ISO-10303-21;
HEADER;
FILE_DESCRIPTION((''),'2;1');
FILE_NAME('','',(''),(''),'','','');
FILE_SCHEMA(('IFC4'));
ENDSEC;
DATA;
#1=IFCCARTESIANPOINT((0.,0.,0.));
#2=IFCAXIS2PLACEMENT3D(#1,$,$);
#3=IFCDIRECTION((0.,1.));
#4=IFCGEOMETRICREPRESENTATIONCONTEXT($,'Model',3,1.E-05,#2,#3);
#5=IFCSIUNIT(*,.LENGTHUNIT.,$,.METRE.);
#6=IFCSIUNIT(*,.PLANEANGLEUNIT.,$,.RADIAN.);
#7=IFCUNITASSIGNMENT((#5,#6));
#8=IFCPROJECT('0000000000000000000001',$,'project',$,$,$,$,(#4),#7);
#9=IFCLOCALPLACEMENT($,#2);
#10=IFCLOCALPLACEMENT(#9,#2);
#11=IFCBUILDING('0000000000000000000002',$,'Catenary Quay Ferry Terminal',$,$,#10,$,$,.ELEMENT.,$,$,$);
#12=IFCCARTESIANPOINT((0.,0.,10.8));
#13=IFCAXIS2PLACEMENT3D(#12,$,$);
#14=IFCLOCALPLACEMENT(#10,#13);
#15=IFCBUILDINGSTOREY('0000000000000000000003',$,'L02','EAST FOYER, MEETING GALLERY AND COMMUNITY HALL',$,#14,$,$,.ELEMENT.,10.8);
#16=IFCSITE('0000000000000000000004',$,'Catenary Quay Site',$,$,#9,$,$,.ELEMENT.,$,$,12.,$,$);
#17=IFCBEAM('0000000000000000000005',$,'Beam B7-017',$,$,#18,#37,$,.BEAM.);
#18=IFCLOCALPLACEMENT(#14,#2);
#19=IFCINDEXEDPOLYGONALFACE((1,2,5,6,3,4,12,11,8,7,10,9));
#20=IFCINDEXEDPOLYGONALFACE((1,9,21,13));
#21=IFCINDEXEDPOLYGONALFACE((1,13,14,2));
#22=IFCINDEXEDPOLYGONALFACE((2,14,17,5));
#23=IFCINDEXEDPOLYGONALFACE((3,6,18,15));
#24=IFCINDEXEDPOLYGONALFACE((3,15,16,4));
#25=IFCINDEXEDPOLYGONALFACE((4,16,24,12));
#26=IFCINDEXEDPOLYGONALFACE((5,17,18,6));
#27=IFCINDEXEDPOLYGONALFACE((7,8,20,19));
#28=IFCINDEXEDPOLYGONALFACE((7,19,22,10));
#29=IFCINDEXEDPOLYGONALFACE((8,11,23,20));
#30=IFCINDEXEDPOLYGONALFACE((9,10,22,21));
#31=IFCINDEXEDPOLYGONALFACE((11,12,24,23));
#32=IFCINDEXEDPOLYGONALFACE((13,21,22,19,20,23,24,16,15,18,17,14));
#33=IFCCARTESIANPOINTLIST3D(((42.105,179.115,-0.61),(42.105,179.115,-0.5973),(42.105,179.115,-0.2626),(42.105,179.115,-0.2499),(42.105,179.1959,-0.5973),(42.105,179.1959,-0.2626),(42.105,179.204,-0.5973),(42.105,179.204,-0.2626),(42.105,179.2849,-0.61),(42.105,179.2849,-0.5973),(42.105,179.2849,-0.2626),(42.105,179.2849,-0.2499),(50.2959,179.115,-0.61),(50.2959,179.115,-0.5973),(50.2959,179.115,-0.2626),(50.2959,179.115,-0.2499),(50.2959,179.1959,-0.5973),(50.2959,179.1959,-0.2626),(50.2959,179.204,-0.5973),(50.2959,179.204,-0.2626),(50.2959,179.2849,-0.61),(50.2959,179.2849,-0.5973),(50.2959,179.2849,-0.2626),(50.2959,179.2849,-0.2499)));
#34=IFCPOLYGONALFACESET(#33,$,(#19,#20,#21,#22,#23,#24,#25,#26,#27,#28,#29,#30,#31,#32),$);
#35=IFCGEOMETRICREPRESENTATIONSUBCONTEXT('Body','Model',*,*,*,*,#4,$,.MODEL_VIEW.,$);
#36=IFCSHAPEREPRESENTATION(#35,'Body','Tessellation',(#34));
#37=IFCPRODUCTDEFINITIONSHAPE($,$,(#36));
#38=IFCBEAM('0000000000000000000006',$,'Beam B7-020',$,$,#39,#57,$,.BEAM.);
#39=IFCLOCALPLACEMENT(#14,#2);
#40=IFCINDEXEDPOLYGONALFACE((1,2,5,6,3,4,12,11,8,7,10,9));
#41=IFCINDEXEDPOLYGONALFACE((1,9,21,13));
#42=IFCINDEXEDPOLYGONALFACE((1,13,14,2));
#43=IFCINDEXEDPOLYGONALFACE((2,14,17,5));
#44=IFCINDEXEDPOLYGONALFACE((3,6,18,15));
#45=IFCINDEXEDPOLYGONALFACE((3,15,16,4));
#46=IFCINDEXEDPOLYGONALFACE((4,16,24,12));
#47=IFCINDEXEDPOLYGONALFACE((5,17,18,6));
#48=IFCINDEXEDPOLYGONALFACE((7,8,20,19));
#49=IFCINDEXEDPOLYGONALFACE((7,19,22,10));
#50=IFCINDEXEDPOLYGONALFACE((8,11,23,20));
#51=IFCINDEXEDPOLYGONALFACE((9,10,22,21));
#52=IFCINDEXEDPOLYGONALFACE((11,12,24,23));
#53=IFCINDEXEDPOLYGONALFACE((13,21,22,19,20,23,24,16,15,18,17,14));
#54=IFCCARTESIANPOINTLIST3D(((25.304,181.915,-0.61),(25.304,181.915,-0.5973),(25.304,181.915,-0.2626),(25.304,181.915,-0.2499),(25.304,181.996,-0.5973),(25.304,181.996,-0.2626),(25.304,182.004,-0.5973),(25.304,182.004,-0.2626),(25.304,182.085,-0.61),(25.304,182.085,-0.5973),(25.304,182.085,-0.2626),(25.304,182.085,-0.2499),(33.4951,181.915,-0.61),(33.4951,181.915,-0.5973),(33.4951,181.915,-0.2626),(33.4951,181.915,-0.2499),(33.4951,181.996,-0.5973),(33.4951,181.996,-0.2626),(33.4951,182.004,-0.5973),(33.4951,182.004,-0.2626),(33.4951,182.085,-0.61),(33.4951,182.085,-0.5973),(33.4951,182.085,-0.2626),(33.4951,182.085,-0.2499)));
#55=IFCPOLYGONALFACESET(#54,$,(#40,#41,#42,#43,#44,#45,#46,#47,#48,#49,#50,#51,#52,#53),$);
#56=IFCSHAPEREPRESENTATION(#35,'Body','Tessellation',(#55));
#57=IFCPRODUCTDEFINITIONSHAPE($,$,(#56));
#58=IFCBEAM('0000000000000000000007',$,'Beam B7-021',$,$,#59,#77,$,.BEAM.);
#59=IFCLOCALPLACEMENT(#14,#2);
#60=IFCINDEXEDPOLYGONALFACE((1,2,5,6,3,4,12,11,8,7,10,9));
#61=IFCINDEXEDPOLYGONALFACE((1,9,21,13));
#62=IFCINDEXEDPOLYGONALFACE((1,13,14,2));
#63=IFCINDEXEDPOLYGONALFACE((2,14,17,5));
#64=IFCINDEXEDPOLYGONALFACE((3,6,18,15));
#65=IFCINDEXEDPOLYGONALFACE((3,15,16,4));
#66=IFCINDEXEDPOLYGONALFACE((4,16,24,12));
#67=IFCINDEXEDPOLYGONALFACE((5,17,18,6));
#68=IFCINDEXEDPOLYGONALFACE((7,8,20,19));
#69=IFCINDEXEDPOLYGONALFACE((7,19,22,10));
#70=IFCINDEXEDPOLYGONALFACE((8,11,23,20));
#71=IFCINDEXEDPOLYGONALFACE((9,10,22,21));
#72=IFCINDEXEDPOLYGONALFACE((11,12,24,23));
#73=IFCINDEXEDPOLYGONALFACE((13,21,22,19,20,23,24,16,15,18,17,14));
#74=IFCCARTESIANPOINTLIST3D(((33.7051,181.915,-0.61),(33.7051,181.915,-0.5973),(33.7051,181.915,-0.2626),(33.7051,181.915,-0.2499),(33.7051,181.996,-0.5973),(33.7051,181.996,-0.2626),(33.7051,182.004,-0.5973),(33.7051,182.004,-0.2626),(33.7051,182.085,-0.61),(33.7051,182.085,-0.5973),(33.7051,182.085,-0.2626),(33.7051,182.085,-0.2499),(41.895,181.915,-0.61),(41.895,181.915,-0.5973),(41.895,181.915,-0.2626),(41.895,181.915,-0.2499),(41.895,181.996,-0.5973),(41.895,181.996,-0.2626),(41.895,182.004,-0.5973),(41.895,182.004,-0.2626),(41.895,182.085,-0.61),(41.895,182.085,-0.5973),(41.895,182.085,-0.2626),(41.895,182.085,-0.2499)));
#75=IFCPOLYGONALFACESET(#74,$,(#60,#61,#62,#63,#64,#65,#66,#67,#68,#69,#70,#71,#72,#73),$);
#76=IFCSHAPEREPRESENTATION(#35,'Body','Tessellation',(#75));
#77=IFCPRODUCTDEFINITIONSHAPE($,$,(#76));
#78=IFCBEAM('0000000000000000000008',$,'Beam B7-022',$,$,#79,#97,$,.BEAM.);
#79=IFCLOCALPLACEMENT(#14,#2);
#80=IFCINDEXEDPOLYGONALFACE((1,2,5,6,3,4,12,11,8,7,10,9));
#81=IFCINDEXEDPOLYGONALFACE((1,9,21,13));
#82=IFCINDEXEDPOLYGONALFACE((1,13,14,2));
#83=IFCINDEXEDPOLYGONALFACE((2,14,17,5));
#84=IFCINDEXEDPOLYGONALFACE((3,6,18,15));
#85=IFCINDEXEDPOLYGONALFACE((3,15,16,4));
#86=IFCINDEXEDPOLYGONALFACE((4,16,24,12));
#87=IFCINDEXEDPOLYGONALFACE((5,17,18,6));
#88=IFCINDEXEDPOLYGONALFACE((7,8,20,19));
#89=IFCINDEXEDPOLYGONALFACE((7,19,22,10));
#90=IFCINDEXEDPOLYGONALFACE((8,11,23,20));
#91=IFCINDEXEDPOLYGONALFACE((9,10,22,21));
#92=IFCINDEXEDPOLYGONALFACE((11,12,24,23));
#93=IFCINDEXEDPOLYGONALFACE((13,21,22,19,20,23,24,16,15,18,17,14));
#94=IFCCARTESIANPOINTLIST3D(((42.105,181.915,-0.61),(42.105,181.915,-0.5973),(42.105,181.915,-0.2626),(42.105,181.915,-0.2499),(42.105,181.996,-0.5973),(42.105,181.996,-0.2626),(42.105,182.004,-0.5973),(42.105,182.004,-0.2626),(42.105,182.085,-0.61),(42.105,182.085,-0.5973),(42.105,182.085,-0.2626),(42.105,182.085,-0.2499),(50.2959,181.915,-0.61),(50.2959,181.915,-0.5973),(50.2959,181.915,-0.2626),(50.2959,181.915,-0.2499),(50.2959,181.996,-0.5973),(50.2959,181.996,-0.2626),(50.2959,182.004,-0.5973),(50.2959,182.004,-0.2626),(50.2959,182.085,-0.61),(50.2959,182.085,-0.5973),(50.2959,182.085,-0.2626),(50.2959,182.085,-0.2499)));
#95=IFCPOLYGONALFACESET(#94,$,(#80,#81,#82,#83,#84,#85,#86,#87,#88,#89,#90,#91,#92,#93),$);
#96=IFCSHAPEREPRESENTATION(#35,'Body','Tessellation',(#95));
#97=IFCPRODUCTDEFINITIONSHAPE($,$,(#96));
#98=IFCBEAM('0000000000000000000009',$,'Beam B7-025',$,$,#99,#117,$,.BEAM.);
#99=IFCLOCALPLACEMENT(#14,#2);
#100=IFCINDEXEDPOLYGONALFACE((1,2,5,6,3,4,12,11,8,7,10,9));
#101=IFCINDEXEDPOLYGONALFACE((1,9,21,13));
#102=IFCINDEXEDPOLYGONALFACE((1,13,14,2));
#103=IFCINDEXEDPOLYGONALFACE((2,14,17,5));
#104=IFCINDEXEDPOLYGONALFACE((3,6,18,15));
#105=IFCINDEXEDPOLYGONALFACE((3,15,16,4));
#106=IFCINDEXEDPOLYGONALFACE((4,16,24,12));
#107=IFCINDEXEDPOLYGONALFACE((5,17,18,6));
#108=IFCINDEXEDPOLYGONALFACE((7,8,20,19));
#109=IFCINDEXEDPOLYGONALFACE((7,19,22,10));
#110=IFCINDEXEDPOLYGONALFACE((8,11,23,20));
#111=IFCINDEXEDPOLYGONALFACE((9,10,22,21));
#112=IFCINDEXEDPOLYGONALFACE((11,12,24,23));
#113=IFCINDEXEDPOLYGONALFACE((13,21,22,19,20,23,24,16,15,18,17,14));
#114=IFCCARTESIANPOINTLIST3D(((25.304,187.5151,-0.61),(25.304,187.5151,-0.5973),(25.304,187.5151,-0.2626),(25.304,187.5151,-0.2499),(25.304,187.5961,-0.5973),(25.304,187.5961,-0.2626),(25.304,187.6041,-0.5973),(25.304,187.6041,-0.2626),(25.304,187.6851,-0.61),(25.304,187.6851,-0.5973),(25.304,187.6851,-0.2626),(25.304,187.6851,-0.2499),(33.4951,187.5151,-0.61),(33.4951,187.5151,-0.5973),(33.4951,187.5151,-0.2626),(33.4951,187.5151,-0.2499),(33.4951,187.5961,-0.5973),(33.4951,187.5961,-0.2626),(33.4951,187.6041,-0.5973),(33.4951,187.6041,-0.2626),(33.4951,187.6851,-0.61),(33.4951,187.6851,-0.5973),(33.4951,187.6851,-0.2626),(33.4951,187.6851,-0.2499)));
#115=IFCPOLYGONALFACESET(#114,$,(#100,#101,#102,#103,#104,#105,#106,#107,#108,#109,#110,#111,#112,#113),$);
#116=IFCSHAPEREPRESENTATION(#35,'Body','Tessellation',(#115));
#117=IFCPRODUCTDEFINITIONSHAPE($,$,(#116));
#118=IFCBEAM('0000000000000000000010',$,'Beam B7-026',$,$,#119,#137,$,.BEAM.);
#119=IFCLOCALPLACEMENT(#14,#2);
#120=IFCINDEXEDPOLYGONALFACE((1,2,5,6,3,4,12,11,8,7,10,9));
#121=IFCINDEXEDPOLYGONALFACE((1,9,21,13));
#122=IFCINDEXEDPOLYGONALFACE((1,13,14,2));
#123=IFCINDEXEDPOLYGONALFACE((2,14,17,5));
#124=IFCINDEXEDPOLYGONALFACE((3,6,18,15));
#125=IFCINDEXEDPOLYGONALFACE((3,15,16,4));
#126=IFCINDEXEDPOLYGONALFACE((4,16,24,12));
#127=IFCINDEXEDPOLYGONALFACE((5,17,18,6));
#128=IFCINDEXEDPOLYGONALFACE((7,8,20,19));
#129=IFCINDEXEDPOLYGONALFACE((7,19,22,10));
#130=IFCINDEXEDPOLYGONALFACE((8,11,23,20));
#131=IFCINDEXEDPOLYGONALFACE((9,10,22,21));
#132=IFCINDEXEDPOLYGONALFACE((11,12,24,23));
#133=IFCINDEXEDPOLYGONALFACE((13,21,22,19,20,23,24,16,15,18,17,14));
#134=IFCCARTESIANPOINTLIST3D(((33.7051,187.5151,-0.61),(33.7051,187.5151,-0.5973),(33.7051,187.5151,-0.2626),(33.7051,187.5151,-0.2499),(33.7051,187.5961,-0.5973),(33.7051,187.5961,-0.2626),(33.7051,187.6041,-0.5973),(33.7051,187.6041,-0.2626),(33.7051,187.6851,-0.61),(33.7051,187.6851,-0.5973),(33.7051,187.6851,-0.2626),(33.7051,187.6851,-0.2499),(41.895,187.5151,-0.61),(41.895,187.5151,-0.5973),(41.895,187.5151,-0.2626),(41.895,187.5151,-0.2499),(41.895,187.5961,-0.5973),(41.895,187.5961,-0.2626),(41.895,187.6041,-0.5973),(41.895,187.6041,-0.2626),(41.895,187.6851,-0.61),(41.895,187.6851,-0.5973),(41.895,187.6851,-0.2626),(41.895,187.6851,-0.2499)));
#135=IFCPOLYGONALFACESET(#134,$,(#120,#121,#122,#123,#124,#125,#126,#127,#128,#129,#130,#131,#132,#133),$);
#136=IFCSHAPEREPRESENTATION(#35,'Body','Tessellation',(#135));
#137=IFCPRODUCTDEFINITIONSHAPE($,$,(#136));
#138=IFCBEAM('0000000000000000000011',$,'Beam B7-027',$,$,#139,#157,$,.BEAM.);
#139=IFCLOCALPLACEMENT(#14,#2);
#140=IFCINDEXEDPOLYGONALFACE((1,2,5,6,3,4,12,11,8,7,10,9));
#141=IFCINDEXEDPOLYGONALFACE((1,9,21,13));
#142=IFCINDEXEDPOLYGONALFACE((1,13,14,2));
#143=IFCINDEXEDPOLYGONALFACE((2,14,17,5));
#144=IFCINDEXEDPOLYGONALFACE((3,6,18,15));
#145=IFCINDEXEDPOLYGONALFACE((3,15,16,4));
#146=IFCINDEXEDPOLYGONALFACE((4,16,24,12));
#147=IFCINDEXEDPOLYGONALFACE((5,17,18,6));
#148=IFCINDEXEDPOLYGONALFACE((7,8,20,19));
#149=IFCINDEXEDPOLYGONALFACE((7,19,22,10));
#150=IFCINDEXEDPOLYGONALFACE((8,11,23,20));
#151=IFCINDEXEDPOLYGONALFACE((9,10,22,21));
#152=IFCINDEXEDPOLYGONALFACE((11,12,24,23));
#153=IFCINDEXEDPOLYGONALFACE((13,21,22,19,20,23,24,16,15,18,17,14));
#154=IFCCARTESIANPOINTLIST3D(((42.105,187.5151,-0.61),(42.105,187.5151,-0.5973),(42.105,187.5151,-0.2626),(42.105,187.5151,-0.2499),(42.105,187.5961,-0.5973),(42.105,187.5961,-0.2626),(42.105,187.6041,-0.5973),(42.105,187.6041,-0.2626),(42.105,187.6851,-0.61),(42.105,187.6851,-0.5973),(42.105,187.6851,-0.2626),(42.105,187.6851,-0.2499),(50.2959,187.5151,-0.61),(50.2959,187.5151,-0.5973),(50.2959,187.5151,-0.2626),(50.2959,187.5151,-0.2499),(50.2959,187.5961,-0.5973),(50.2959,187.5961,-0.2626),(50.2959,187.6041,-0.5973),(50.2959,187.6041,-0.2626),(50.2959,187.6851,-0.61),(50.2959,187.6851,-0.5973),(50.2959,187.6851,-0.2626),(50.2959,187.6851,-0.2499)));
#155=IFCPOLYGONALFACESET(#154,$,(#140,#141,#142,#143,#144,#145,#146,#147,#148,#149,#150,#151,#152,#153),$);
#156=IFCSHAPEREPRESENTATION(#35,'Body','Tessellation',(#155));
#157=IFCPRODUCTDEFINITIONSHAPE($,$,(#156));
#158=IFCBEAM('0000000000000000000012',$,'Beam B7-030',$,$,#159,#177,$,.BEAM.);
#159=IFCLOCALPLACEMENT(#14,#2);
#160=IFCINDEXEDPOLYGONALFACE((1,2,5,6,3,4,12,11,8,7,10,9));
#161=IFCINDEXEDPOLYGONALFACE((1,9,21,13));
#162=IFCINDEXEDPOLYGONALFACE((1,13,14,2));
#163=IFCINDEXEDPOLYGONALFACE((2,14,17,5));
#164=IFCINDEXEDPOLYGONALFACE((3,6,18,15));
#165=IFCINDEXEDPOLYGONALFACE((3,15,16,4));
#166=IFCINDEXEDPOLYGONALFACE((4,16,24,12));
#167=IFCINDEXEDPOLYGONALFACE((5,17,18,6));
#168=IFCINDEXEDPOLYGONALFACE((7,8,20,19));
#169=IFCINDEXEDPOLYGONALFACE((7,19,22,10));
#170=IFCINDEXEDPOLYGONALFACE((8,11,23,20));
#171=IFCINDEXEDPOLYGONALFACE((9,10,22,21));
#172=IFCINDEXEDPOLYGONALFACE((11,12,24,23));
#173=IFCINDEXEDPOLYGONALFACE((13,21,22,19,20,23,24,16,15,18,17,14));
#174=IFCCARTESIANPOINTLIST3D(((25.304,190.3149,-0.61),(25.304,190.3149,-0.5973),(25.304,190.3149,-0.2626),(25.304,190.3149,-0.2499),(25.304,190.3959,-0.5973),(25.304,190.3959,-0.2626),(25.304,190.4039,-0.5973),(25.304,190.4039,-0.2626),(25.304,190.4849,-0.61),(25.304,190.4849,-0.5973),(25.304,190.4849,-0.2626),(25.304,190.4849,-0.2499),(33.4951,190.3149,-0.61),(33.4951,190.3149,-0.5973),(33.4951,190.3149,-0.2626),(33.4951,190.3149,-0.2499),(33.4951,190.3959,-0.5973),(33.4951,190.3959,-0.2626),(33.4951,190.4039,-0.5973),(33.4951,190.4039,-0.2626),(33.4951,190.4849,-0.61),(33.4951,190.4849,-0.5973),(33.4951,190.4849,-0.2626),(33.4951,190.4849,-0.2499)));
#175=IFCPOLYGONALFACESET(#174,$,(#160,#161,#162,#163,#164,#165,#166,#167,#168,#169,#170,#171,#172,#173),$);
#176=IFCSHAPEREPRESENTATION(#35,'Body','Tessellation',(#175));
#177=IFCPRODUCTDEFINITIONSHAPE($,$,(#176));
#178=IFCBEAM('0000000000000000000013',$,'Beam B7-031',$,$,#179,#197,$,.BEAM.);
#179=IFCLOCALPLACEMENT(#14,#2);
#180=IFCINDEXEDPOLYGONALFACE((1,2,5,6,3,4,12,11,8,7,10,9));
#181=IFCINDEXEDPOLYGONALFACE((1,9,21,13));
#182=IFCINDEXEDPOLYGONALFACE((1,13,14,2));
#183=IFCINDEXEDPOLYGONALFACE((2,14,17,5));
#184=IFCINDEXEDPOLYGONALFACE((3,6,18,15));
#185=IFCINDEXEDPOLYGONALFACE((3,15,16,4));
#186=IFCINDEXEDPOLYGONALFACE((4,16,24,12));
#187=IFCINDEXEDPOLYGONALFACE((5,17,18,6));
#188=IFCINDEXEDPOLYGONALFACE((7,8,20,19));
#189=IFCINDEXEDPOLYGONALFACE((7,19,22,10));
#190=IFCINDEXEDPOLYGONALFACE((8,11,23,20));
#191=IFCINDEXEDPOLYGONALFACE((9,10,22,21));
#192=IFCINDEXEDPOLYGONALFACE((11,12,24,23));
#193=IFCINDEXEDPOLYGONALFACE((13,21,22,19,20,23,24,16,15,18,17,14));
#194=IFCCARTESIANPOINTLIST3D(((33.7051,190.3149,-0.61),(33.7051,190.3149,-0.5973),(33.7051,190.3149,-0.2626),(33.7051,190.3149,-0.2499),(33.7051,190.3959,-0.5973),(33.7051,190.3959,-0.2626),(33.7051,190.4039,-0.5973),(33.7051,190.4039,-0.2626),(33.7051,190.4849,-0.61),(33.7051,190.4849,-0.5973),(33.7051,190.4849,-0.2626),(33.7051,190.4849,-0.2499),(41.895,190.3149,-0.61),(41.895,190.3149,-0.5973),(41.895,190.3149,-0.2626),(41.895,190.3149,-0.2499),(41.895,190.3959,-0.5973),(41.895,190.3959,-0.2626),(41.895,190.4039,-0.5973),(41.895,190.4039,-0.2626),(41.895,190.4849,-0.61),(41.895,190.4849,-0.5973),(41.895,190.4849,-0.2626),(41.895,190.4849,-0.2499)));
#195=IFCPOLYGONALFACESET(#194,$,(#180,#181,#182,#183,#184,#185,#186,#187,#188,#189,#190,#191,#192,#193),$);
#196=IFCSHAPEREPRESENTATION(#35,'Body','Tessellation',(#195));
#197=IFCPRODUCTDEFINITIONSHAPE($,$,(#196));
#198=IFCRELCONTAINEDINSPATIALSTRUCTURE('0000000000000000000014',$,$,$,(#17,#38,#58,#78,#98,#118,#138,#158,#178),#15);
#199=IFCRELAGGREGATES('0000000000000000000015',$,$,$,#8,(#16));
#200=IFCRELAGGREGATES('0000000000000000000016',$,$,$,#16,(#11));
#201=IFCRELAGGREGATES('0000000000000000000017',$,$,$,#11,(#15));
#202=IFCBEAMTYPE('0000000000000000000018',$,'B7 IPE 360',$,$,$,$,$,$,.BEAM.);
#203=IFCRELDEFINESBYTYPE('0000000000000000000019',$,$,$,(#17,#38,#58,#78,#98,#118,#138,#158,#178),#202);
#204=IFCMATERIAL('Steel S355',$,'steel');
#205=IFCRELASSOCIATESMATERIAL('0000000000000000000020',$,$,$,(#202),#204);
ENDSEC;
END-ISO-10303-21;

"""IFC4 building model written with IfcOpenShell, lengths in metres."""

from ifc_helpers import new_model, si_unit, direction, frame, origin, origin_2d, place, context, subcontext, project, spatial, i_section, extrude, material, material_profile, profile_set, type_object, element, save


model = new_model("IFC4")

# Units and contexts
model_context = context("Model", 3, precision=1e-05, world=origin(), true_north=direction((0.0, 1.0)))
body_context = subcontext(model_context, "Body", "Model", "MODEL_VIEW")
ifc_project = project(units=[si_unit("LENGTHUNIT", "METRE"), si_unit("PLANEANGLEUNIT", "RADIAN")], contexts=[model_context])

# Site, building, storey
site_placement = place(None, origin())
site = spatial("IfcSite", under=ifc_project, at=site_placement, Name="Catenary Quay Site", CompositionType="ELEMENT", RefElevation=12.0)
building_placement = place(site_placement, origin())
building = spatial("IfcBuilding", under=site, at=building_placement, Name="Catenary Quay Ferry Terminal", CompositionType="ELEMENT")
storey_placement = place(building_placement, frame((0.0, 0.0, 10.8)))
storey = spatial("IfcBuildingStorey", under=building, at=storey_placement, Name="L02", Description="EAST FOYER, MEETING GALLERY AND COMMUNITY HALL", CompositionType="ELEMENT", Elevation=10.8)

# Beams
ifc_material_1 = material(Name="Steel S355", Category="steel")
ifc_material_profile_1 = material_profile(ifc_material_1, i_section(OverallWidth=0.1699, OverallDepth=0.3601, WebThickness=0.0081, FlangeThickness=0.0127, at=origin_2d()), Name="IPE 360")
ifc_profile_set_1 = profile_set([ifc_material_profile_1], Name="Steel S355")
beam_type_1 = type_object("IfcBeamType", Name="B7 IPE 360", PredefinedType="BEAM", material=ifc_profile_set_1)
beam_1_placement = place(storey_placement, frame((42.105, 179.2, -0.4299), z_axis=(1.0, 0.0, 0.0), x_axis=(0.0, 1.0, 0.0)))
element("IfcBeam", 1, at=beam_1_placement, inside=storey, type_object=beam_type_1, Name="Beam B7-017", PredefinedType="BEAM", context=body_context, shape_type="SweptSolid", body=[
    extrude(i_section(OverallWidth=0.1699, OverallDepth=0.3601, WebThickness=0.0081, FlangeThickness=0.0127, at=origin_2d()), origin(), (0.0, 0.0, 1.0), 8.1909),
])
beam_2_placement = place(storey_placement, frame((25.304, 182.0, -0.4299), z_axis=(1.0, 0.0, 0.0), x_axis=(0.0, 1.0, 0.0)))
element("IfcBeam", 2, at=beam_2_placement, inside=storey, type_object=beam_type_1, Name="Beam B7-020", PredefinedType="BEAM", context=body_context, shape_type="SweptSolid", body=[
    extrude(i_section(OverallWidth=0.1699, OverallDepth=0.3601, WebThickness=0.0081, FlangeThickness=0.0127, at=origin_2d()), origin(), (0.0, 0.0, 1.0), 8.1912),
])
beam_3_placement = place(storey_placement, frame((33.7051, 182.0, -0.4299), z_axis=(1.0, 0.0, 0.0), x_axis=(0.0, 1.0, 0.0)))
element("IfcBeam", 3, at=beam_3_placement, inside=storey, type_object=beam_type_1, Name="Beam B7-021", PredefinedType="BEAM", context=body_context, shape_type="SweptSolid", body=[
    extrude(i_section(OverallWidth=0.1699, OverallDepth=0.3601, WebThickness=0.0081, FlangeThickness=0.0127, at=origin_2d()), origin(), (0.0, 0.0, 1.0), 8.1899),
])
beam_4_placement = place(storey_placement, frame((42.105, 182.0, -0.4299), z_axis=(1.0, 0.0, 0.0), x_axis=(0.0, 1.0, 0.0)))
element("IfcBeam", 4, at=beam_4_placement, inside=storey, type_object=beam_type_1, Name="Beam B7-022", PredefinedType="BEAM", context=body_context, shape_type="SweptSolid", body=[
    extrude(i_section(OverallWidth=0.1699, OverallDepth=0.3601, WebThickness=0.0081, FlangeThickness=0.0127, at=origin_2d()), origin(), (0.0, 0.0, 1.0), 8.1909),
])
beam_5_placement = place(storey_placement, frame((25.304, 187.6001, -0.4299), z_axis=(1.0, 0.0, 0.0), x_axis=(0.0, 1.0, 0.0)))
element("IfcBeam", 5, at=beam_5_placement, inside=storey, type_object=beam_type_1, Name="Beam B7-025", PredefinedType="BEAM", context=body_context, shape_type="SweptSolid", body=[
    extrude(i_section(OverallWidth=0.1699, OverallDepth=0.3601, WebThickness=0.0081, FlangeThickness=0.0127, at=origin_2d()), origin(), (0.0, 0.0, 1.0), 8.1912),
])
beam_6_placement = place(storey_placement, frame((33.7051, 187.6001, -0.4299), z_axis=(1.0, 0.0, 0.0), x_axis=(0.0, 1.0, 0.0)))
element("IfcBeam", 6, at=beam_6_placement, inside=storey, type_object=beam_type_1, Name="Beam B7-026", PredefinedType="BEAM", context=body_context, shape_type="SweptSolid", body=[
    extrude(i_section(OverallWidth=0.1699, OverallDepth=0.3601, WebThickness=0.0081, FlangeThickness=0.0127, at=origin_2d()), origin(), (0.0, 0.0, 1.0), 8.1899),
])
beam_7_placement = place(storey_placement, frame((42.105, 187.6001, -0.4299), z_axis=(1.0, 0.0, 0.0), x_axis=(0.0, 1.0, 0.0)))
element("IfcBeam", 7, at=beam_7_placement, inside=storey, type_object=beam_type_1, Name="Beam B7-027", PredefinedType="BEAM", context=body_context, shape_type="SweptSolid", body=[
    extrude(i_section(OverallWidth=0.1699, OverallDepth=0.3601, WebThickness=0.0081, FlangeThickness=0.0127, at=origin_2d()), origin(), (0.0, 0.0, 1.0), 8.1909),
])
beam_8_placement = place(storey_placement, frame((25.304, 190.3999, -0.4299), z_axis=(1.0, 0.0, 0.0), x_axis=(0.0, 1.0, 0.0)))
element("IfcBeam", 8, at=beam_8_placement, inside=storey, type_object=beam_type_1, Name="Beam B7-030", PredefinedType="BEAM", context=body_context, shape_type="SweptSolid", body=[
    extrude(i_section(OverallWidth=0.1699, OverallDepth=0.3601, WebThickness=0.0081, FlangeThickness=0.0127, at=origin_2d()), origin(), (0.0, 0.0, 1.0), 8.1912),
])
beam_9_placement = place(storey_placement, frame((33.7051, 190.3999, -0.4299), z_axis=(1.0, 0.0, 0.0), x_axis=(0.0, 1.0, 0.0)))
element("IfcBeam", 9, at=beam_9_placement, inside=storey, type_object=beam_type_1, Name="Beam B7-031", PredefinedType="BEAM", context=body_context, shape_type="SweptSolid", body=[
    extrude(i_section(OverallWidth=0.1699, OverallDepth=0.3601, WebThickness=0.0081, FlangeThickness=0.0127, at=origin_2d()), origin(), (0.0, 0.0, 1.0), 8.1899),
])

save(model, "model.ifc")
